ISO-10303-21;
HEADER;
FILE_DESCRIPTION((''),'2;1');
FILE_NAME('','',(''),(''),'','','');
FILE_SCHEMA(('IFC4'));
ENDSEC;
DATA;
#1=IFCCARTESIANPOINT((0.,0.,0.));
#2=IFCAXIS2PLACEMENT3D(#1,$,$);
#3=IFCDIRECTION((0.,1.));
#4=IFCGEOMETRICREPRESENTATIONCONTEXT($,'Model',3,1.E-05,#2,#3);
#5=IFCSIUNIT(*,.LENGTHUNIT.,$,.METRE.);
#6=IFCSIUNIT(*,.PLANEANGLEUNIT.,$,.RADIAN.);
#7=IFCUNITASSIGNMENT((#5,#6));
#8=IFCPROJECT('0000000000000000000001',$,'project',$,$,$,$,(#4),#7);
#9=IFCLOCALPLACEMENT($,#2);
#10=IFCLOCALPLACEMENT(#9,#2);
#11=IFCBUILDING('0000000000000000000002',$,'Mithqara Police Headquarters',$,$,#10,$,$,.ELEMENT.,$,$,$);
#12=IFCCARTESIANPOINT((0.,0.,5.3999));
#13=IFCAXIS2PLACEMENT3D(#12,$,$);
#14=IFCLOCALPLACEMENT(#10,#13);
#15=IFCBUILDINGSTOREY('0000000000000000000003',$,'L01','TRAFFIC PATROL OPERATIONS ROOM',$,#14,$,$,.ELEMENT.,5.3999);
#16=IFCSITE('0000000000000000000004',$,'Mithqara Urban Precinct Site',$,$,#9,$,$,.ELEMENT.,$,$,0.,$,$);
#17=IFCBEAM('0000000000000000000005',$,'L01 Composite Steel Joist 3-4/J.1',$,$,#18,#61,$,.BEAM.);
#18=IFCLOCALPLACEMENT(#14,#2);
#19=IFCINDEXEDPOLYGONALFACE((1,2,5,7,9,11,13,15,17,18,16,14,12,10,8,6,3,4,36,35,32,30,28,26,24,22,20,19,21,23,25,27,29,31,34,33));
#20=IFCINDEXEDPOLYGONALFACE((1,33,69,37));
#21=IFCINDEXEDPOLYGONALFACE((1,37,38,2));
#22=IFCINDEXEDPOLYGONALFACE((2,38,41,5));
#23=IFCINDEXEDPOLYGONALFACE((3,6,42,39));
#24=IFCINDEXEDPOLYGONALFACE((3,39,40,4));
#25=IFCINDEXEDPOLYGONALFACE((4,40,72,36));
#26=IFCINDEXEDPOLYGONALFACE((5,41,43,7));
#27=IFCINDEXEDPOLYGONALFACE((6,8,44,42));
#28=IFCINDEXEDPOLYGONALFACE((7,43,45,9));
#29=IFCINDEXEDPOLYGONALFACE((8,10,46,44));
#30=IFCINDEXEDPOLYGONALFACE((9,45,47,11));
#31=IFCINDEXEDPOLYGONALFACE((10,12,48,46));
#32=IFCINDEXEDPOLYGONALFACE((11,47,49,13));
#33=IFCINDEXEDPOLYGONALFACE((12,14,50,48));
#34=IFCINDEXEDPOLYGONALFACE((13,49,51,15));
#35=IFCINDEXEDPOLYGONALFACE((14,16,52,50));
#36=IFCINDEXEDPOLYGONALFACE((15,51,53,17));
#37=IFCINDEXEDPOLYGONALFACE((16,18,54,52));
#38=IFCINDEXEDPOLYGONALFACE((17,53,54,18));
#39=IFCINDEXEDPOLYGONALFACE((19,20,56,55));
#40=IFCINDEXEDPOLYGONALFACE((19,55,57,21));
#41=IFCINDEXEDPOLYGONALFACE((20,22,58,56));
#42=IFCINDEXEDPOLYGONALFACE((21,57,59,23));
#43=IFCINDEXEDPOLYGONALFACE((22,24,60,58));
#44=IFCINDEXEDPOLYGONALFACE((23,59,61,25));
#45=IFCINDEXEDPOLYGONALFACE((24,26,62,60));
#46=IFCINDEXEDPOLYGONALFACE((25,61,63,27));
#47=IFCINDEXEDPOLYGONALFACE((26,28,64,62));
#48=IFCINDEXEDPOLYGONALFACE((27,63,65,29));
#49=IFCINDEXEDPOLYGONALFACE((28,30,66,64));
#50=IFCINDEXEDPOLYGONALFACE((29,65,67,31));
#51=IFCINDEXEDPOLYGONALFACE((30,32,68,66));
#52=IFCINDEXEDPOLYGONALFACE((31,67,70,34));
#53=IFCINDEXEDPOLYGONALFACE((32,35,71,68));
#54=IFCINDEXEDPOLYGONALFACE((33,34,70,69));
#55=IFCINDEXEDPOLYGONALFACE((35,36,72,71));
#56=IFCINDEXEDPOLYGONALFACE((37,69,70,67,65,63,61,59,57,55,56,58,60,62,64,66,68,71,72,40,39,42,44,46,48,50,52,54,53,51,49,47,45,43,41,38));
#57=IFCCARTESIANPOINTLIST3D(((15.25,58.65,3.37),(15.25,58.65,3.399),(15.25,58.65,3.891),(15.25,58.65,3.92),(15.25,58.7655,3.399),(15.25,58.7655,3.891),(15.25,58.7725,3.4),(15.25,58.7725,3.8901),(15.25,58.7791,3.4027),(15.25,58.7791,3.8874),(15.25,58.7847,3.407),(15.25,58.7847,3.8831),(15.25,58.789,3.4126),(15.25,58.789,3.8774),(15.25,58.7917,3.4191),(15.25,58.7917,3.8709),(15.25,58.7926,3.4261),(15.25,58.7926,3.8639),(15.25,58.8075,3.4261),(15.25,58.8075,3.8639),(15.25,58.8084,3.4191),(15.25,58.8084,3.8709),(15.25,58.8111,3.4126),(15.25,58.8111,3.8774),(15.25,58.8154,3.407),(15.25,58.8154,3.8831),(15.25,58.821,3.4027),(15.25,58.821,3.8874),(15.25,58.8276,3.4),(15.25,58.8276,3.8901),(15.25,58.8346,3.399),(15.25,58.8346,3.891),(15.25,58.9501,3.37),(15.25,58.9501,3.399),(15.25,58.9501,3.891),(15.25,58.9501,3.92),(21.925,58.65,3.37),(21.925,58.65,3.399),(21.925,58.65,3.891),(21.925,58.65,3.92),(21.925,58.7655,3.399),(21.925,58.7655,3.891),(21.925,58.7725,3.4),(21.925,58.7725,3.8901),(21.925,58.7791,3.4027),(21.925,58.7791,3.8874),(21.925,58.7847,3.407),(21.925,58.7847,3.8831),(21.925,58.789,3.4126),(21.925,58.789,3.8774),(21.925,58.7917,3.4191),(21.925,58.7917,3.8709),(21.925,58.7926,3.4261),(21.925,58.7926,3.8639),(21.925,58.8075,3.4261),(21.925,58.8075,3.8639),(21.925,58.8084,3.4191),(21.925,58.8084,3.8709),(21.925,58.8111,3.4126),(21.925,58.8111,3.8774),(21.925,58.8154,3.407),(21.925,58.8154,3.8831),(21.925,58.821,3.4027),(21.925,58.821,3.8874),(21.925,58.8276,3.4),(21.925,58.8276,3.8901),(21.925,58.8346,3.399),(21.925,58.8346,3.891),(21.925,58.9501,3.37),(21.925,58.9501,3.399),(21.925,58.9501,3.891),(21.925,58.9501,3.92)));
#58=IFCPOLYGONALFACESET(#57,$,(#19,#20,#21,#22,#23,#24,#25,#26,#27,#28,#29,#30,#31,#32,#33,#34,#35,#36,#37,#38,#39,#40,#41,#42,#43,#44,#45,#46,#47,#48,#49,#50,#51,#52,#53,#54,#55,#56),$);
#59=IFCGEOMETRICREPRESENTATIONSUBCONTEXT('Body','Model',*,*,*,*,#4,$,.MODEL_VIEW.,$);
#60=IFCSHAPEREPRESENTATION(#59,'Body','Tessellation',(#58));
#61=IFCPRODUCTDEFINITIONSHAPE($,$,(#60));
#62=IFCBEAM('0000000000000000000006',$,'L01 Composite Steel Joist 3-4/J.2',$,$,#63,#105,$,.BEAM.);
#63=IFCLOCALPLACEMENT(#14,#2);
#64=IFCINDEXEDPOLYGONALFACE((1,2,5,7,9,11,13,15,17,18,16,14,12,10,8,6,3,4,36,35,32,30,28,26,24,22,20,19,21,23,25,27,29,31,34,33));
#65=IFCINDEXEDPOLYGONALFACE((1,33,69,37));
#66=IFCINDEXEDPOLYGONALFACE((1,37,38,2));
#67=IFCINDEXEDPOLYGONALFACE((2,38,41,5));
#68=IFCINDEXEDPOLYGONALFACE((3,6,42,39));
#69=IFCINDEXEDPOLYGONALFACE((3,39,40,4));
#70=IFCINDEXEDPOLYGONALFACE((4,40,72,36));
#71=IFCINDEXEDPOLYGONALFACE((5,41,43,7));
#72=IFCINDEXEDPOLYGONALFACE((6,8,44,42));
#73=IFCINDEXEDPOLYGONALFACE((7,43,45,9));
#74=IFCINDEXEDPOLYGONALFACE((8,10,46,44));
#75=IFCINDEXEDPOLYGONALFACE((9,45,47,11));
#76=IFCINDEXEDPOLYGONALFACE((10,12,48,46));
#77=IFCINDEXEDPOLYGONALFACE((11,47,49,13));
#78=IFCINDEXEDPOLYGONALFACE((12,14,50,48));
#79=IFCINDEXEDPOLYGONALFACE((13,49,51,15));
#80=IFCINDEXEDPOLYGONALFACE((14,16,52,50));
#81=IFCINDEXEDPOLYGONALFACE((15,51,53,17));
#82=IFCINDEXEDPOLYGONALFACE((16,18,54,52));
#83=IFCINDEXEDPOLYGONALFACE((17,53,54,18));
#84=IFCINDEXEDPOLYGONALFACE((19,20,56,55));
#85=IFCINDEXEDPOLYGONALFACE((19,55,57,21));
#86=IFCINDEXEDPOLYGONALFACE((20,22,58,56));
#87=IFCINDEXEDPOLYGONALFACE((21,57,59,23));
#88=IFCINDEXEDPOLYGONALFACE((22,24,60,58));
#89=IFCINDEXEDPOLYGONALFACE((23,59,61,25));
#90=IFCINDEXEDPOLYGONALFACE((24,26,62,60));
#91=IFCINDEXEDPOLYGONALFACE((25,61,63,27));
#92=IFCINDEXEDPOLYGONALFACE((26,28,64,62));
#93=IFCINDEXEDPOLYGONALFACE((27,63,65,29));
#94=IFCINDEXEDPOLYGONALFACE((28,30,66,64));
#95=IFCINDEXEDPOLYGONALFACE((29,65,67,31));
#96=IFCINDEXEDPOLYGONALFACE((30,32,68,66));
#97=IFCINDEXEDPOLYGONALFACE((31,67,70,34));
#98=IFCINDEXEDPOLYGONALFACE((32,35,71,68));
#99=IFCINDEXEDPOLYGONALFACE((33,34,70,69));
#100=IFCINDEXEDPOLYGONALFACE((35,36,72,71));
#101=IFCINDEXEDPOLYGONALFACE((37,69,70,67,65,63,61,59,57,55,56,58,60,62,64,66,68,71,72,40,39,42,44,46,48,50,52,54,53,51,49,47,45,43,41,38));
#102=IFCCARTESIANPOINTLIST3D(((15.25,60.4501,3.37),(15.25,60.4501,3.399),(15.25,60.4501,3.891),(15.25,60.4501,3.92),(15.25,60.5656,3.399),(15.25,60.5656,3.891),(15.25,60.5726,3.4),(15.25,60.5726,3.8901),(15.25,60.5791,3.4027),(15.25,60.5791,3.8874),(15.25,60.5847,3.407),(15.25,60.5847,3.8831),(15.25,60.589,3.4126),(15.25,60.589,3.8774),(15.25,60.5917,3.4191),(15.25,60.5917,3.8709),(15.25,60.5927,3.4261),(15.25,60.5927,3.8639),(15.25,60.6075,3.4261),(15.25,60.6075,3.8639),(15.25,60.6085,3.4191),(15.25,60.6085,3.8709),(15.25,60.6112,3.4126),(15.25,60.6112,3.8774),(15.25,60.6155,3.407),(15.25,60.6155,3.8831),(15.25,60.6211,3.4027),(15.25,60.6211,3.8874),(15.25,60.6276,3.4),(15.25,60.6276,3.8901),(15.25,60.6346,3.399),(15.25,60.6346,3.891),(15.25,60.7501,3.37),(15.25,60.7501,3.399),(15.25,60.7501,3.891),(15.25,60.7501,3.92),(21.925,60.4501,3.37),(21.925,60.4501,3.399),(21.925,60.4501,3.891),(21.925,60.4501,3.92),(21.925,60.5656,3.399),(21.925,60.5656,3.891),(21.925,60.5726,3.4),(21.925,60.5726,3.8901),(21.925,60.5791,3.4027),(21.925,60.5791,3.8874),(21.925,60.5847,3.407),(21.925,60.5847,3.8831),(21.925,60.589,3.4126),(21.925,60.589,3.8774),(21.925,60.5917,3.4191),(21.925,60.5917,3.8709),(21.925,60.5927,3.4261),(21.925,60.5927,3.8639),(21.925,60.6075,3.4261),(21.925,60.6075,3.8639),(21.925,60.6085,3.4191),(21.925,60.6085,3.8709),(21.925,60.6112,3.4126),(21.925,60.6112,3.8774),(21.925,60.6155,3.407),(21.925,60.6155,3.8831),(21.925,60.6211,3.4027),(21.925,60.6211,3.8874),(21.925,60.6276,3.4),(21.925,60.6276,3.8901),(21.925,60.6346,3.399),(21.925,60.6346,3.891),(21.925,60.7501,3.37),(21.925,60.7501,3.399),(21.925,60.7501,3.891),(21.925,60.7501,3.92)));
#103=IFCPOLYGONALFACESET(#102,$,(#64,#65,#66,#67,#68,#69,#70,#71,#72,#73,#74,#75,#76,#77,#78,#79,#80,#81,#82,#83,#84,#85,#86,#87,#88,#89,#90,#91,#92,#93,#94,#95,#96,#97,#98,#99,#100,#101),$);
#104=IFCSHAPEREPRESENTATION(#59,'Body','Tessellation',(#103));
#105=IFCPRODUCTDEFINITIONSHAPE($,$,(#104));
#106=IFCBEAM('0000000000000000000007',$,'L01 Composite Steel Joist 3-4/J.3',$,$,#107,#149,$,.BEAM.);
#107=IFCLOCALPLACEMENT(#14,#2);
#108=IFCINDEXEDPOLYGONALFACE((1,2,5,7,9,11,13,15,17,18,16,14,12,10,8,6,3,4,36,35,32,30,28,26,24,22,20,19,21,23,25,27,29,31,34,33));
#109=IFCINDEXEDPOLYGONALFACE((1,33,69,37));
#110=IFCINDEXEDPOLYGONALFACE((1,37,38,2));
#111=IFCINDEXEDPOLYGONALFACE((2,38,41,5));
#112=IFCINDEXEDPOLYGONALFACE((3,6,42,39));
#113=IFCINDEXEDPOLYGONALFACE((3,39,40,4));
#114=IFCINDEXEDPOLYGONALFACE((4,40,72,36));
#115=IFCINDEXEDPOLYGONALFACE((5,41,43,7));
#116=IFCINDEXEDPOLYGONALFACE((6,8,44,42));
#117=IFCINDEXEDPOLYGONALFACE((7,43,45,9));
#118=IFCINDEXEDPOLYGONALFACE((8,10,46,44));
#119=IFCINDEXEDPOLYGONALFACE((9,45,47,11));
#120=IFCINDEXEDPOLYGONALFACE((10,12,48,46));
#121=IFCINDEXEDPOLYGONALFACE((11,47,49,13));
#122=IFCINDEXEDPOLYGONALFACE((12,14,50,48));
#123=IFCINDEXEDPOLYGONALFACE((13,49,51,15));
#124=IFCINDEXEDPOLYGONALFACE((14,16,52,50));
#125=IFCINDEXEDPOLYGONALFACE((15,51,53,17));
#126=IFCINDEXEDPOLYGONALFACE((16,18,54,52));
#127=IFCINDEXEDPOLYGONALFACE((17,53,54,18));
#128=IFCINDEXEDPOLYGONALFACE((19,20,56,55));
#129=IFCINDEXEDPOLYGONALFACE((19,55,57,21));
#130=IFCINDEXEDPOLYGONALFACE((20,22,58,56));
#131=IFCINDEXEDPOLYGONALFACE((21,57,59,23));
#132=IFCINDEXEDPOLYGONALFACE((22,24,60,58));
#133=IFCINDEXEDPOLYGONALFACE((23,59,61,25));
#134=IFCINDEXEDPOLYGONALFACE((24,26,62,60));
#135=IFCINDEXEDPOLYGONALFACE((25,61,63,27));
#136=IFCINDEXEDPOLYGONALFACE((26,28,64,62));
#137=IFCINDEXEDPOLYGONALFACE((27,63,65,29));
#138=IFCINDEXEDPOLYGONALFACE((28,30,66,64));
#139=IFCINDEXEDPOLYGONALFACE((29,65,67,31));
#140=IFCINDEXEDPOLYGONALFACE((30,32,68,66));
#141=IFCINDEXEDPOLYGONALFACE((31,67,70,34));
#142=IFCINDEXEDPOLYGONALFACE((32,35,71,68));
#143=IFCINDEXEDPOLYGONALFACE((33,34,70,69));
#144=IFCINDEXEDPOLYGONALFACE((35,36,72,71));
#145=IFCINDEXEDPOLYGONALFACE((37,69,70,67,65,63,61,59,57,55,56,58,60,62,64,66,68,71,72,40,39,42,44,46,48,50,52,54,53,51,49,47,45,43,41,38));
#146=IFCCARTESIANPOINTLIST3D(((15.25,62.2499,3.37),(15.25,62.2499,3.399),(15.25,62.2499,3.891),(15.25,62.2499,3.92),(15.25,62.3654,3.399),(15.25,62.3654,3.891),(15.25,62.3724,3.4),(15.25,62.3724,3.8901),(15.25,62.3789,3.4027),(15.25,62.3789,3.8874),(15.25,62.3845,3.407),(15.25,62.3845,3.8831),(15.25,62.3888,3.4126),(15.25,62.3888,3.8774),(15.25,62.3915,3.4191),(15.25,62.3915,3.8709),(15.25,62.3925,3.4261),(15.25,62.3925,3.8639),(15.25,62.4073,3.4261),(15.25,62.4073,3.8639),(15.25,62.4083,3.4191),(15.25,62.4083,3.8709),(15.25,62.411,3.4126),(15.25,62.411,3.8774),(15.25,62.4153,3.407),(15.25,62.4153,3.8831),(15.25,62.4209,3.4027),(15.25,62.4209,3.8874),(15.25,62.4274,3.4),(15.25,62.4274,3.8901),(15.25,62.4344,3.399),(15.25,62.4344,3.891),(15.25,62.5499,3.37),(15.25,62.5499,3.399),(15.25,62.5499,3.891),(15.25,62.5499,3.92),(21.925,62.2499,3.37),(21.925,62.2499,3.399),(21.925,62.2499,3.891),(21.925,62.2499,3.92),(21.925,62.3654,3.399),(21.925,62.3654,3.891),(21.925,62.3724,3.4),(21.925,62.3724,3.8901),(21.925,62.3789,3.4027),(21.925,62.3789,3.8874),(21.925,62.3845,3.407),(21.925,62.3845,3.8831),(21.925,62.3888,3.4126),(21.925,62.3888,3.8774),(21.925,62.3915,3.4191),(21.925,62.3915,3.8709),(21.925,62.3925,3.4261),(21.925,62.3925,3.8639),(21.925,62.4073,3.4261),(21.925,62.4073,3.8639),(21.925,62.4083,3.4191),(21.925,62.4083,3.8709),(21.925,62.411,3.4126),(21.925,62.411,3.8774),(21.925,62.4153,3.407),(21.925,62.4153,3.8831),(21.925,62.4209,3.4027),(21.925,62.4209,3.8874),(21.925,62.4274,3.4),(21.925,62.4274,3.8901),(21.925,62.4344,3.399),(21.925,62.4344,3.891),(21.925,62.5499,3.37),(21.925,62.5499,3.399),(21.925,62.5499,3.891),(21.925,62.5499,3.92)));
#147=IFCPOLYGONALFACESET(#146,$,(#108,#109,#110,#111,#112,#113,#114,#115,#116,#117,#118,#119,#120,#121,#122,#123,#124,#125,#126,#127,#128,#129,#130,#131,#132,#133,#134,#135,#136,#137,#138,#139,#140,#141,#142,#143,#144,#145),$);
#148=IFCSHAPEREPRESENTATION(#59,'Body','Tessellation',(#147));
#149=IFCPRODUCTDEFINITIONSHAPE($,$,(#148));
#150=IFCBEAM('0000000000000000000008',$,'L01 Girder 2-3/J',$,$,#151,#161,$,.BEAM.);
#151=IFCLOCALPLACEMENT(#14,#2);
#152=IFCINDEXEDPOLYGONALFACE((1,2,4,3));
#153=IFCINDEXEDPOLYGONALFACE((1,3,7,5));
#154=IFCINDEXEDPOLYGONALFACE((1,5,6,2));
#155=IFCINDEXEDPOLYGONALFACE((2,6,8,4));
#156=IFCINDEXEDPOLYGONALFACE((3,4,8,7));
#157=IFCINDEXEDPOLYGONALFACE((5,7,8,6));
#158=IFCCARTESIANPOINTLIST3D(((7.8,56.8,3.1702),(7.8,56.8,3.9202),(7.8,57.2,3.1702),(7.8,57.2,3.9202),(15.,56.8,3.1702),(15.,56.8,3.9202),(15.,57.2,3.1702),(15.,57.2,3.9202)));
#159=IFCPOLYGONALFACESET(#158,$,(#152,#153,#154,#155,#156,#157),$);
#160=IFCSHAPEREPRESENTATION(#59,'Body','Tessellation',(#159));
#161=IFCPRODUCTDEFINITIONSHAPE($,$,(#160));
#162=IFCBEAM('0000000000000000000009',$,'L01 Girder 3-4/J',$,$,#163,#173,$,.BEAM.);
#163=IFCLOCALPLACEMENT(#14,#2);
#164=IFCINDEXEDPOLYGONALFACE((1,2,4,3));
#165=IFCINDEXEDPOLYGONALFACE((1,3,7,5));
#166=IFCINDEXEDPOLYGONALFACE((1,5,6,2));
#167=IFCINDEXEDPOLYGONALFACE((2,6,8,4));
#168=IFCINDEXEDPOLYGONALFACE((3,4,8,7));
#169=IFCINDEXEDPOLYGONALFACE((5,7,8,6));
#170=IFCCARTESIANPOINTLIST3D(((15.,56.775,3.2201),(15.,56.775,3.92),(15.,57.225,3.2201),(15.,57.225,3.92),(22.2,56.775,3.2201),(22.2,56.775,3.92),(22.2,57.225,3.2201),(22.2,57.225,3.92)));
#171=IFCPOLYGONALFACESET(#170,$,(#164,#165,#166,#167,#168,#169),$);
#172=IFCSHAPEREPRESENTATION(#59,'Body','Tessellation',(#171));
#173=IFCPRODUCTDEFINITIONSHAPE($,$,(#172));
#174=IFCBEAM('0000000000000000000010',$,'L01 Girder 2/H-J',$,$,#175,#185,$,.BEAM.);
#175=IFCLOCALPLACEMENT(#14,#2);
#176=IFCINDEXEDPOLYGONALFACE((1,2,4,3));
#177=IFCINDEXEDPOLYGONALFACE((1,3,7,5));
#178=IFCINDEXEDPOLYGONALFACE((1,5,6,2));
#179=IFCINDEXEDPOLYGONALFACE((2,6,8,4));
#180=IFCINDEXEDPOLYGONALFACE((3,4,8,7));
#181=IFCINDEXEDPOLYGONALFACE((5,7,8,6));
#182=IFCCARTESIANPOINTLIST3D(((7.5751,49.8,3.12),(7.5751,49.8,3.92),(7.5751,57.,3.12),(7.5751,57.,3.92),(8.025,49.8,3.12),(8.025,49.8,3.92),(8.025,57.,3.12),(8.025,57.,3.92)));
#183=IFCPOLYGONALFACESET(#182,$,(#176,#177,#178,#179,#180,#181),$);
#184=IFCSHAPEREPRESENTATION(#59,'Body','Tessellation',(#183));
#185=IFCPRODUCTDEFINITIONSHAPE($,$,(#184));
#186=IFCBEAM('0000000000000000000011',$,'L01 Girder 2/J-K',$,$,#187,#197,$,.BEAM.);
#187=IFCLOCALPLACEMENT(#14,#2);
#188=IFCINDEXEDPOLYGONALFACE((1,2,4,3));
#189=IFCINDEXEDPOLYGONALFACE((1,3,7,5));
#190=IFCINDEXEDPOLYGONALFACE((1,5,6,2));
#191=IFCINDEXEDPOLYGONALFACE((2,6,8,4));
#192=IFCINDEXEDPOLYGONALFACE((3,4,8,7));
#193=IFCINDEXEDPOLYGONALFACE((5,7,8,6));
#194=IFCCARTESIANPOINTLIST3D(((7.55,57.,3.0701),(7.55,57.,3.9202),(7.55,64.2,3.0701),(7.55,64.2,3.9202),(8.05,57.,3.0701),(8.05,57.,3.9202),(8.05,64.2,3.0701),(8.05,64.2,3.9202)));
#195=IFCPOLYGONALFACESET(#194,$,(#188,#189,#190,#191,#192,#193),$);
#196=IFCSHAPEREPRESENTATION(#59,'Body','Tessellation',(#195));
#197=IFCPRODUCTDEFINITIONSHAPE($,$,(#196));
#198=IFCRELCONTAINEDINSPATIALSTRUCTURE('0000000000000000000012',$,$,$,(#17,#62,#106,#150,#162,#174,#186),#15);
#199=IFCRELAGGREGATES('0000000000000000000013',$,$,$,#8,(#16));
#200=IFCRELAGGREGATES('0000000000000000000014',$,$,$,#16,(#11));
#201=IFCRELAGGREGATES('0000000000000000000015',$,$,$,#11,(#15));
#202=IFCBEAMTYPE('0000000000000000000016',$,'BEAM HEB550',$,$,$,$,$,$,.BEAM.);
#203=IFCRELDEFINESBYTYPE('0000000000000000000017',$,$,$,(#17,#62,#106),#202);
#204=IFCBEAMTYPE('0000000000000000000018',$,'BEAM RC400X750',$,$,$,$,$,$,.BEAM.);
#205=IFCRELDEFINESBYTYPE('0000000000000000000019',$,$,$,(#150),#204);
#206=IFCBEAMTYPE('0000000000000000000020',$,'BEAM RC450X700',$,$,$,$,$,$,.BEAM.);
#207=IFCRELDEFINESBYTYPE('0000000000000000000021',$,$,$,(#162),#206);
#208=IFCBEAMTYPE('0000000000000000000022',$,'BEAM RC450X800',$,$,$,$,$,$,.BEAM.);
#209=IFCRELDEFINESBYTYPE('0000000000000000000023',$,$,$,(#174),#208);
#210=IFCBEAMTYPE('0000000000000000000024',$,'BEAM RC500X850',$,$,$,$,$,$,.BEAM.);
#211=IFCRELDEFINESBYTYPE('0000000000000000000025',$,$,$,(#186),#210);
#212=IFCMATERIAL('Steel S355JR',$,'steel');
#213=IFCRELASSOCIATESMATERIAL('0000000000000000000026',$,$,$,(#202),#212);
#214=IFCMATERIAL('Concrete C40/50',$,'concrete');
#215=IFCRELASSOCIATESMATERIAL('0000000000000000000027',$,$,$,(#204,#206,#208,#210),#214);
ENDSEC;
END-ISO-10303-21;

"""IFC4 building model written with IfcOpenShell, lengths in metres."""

from ifc_helpers import new_model, si_unit, direction, frame, origin, origin_2d, place, context, subcontext, project, spatial, rectangle, i_section, extrude, material, material_profile, profile_set, type_object, element, save


model = new_model("IFC4")

# Units and contexts
model_context = context("Model", 3, precision=1e-05, world=origin(), true_north=direction((0.0, 1.0)))
body_context = subcontext(model_context, "Body", "Model", "MODEL_VIEW")
ifc_project = project(units=[si_unit("LENGTHUNIT", "METRE"), si_unit("PLANEANGLEUNIT", "RADIAN")], contexts=[model_context])

# Site, building, storey
site_placement = place(None, origin())
site = spatial("IfcSite", under=ifc_project, at=site_placement, Name="Mithqara Urban Precinct Site", CompositionType="ELEMENT", RefElevation=0.0)
building_placement = place(site_placement, origin())
building = spatial("IfcBuilding", under=site, at=building_placement, Name="Mithqara Police Headquarters", CompositionType="ELEMENT")
storey_placement = place(building_placement, frame((0.0, 0.0, 5.3999)))
storey = spatial("IfcBuildingStorey", under=building, at=storey_placement, Name="L01", Description="TRAFFIC PATROL OPERATIONS ROOM", CompositionType="ELEMENT", Elevation=5.3999)

# Beams
ifc_material_1 = material(Name="Steel S355JR", Category="steel")
ifc_material_profile_1 = material_profile(ifc_material_1, i_section(OverallWidth=0.3, OverallDepth=0.55, WebThickness=0.0149, FlangeThickness=0.0291, FilletRadius=0.0271, at=origin_2d()), Name="HEB 550")
ifc_profile_set_1 = profile_set([ifc_material_profile_1], Name="Steel S355JR")
beam_type_1 = type_object("IfcBeamType", Name="BEAM HEB550", PredefinedType="BEAM", material=ifc_profile_set_1)
for number, where, z_axis, x_axis, name in (
    (1, (15.25, 58.8, 3.645), (1.0, 0.0, 0.0), (0.0, 1.0, 0.0), "L01 Composite Steel Joist 3-4/J.1"),
    (2, (15.25, 60.6001, 3.645), (1.0, 0.0, 0.0), (0.0, 1.0, 0.0), "L01 Composite Steel Joist 3-4/J.2"),
    (3, (15.25, 62.3999, 3.645), (1.0, 0.0, 0.0), (0.0, 1.0, 0.0), "L01 Composite Steel Joist 3-4/J.3"),
):
    element("IfcBeam", number, at=place(storey_placement, frame(where, z_axis=z_axis, x_axis=x_axis)), inside=storey, type_object=beam_type_1, Name=name, PredefinedType="BEAM", context=body_context, shape_type="SweptSolid", body=[
        extrude(i_section(OverallWidth=0.3, OverallDepth=0.55, WebThickness=0.0149, FlangeThickness=0.0291, FilletRadius=0.0271, at=origin_2d()), origin(), (0.0, 0.0, 1.0), 6.675),
    ])
ifc_material_2 = material(Name="Concrete C40/50", Category="concrete")
ifc_material_profile_2 = material_profile(ifc_material_2, rectangle(XDim=0.3999, YDim=0.75, at=origin_2d()), Name="RC 400x750")
ifc_profile_set_2 = profile_set([ifc_material_profile_2], Name="Concrete C40/50")
beam_type_2 = type_object("IfcBeamType", Name="BEAM RC400X750", PredefinedType="BEAM", material=ifc_profile_set_2)
beam_1_placement = place(storey_placement, frame((7.8, 57.0, 3.5452), z_axis=(1.0, 0.0, 0.0), x_axis=(0.0, 1.0, 0.0)))
element("IfcBeam", 4, at=beam_1_placement, inside=storey, type_object=beam_type_2, Name="L01 Girder 2-3/J", PredefinedType="BEAM", context=body_context, shape_type="SweptSolid", body=[
    extrude(rectangle(XDim=0.3999, YDim=0.75, at=origin_2d()), origin(), (0.0, 0.0, 1.0), 7.2),
])
ifc_material_profile_3 = material_profile(ifc_material_2, rectangle(XDim=0.45, YDim=0.7, at=origin_2d()), Name="RC 450x700")
ifc_profile_set_3 = profile_set([ifc_material_profile_3], Name="Concrete C40/50")
beam_type_3 = type_object("IfcBeamType", Name="BEAM RC450X700", PredefinedType="BEAM", material=ifc_profile_set_3)
beam_2_placement = place(storey_placement, frame((15.0, 57.0, 3.5701), z_axis=(1.0, 0.0, 0.0), x_axis=(0.0, 1.0, 0.0)))
element("IfcBeam", 5, at=beam_2_placement, inside=storey, type_object=beam_type_3, Name="L01 Girder 3-4/J", PredefinedType="BEAM", context=body_context, shape_type="SweptSolid", body=[
    extrude(rectangle(XDim=0.45, YDim=0.7, at=origin_2d()), origin(), (0.0, 0.0, 1.0), 7.2),
])
ifc_material_profile_4 = material_profile(ifc_material_2, rectangle(XDim=0.45, YDim=0.8, at=origin_2d()), Name="RC 450x800")
ifc_profile_set_4 = profile_set([ifc_material_profile_4], Name="Concrete C40/50")
beam_type_4 = type_object("IfcBeamType", Name="BEAM RC450X800", PredefinedType="BEAM", material=ifc_profile_set_4)
beam_3_placement = place(storey_placement, frame((7.8, 49.8, 3.52), z_axis=(0.0, 1.0, 0.0), x_axis=(-1.0, 0.0, 0.0)))
element("IfcBeam", 6, at=beam_3_placement, inside=storey, type_object=beam_type_4, Name="L01 Girder 2/H-J", PredefinedType="BEAM", context=body_context, shape_type="SweptSolid", body=[
    extrude(rectangle(XDim=0.45, YDim=0.8, at=origin_2d()), origin(), (0.0, 0.0, 1.0), 7.2),
])
ifc_material_profile_5 = material_profile(ifc_material_2, rectangle(XDim=0.5, YDim=0.8501, at=origin_2d()), Name="RC 500x850")
ifc_profile_set_5 = profile_set([ifc_material_profile_5], Name="Concrete C40/50")
beam_type_5 = type_object("IfcBeamType", Name="BEAM RC500X850", PredefinedType="BEAM", material=ifc_profile_set_5)
beam_4_placement = place(storey_placement, frame((7.8, 57.0, 3.4951), z_axis=(0.0, 1.0, 0.0), x_axis=(-1.0, 0.0, 0.0)))
element("IfcBeam", 7, at=beam_4_placement, inside=storey, type_object=beam_type_5, Name="L01 Girder 2/J-K", PredefinedType="BEAM", context=body_context, shape_type="SweptSolid", body=[
    extrude(rectangle(XDim=0.5, YDim=0.8501, at=origin_2d()), origin(), (0.0, 0.0, 1.0), 7.2),
])

save(model, "model.ifc")
